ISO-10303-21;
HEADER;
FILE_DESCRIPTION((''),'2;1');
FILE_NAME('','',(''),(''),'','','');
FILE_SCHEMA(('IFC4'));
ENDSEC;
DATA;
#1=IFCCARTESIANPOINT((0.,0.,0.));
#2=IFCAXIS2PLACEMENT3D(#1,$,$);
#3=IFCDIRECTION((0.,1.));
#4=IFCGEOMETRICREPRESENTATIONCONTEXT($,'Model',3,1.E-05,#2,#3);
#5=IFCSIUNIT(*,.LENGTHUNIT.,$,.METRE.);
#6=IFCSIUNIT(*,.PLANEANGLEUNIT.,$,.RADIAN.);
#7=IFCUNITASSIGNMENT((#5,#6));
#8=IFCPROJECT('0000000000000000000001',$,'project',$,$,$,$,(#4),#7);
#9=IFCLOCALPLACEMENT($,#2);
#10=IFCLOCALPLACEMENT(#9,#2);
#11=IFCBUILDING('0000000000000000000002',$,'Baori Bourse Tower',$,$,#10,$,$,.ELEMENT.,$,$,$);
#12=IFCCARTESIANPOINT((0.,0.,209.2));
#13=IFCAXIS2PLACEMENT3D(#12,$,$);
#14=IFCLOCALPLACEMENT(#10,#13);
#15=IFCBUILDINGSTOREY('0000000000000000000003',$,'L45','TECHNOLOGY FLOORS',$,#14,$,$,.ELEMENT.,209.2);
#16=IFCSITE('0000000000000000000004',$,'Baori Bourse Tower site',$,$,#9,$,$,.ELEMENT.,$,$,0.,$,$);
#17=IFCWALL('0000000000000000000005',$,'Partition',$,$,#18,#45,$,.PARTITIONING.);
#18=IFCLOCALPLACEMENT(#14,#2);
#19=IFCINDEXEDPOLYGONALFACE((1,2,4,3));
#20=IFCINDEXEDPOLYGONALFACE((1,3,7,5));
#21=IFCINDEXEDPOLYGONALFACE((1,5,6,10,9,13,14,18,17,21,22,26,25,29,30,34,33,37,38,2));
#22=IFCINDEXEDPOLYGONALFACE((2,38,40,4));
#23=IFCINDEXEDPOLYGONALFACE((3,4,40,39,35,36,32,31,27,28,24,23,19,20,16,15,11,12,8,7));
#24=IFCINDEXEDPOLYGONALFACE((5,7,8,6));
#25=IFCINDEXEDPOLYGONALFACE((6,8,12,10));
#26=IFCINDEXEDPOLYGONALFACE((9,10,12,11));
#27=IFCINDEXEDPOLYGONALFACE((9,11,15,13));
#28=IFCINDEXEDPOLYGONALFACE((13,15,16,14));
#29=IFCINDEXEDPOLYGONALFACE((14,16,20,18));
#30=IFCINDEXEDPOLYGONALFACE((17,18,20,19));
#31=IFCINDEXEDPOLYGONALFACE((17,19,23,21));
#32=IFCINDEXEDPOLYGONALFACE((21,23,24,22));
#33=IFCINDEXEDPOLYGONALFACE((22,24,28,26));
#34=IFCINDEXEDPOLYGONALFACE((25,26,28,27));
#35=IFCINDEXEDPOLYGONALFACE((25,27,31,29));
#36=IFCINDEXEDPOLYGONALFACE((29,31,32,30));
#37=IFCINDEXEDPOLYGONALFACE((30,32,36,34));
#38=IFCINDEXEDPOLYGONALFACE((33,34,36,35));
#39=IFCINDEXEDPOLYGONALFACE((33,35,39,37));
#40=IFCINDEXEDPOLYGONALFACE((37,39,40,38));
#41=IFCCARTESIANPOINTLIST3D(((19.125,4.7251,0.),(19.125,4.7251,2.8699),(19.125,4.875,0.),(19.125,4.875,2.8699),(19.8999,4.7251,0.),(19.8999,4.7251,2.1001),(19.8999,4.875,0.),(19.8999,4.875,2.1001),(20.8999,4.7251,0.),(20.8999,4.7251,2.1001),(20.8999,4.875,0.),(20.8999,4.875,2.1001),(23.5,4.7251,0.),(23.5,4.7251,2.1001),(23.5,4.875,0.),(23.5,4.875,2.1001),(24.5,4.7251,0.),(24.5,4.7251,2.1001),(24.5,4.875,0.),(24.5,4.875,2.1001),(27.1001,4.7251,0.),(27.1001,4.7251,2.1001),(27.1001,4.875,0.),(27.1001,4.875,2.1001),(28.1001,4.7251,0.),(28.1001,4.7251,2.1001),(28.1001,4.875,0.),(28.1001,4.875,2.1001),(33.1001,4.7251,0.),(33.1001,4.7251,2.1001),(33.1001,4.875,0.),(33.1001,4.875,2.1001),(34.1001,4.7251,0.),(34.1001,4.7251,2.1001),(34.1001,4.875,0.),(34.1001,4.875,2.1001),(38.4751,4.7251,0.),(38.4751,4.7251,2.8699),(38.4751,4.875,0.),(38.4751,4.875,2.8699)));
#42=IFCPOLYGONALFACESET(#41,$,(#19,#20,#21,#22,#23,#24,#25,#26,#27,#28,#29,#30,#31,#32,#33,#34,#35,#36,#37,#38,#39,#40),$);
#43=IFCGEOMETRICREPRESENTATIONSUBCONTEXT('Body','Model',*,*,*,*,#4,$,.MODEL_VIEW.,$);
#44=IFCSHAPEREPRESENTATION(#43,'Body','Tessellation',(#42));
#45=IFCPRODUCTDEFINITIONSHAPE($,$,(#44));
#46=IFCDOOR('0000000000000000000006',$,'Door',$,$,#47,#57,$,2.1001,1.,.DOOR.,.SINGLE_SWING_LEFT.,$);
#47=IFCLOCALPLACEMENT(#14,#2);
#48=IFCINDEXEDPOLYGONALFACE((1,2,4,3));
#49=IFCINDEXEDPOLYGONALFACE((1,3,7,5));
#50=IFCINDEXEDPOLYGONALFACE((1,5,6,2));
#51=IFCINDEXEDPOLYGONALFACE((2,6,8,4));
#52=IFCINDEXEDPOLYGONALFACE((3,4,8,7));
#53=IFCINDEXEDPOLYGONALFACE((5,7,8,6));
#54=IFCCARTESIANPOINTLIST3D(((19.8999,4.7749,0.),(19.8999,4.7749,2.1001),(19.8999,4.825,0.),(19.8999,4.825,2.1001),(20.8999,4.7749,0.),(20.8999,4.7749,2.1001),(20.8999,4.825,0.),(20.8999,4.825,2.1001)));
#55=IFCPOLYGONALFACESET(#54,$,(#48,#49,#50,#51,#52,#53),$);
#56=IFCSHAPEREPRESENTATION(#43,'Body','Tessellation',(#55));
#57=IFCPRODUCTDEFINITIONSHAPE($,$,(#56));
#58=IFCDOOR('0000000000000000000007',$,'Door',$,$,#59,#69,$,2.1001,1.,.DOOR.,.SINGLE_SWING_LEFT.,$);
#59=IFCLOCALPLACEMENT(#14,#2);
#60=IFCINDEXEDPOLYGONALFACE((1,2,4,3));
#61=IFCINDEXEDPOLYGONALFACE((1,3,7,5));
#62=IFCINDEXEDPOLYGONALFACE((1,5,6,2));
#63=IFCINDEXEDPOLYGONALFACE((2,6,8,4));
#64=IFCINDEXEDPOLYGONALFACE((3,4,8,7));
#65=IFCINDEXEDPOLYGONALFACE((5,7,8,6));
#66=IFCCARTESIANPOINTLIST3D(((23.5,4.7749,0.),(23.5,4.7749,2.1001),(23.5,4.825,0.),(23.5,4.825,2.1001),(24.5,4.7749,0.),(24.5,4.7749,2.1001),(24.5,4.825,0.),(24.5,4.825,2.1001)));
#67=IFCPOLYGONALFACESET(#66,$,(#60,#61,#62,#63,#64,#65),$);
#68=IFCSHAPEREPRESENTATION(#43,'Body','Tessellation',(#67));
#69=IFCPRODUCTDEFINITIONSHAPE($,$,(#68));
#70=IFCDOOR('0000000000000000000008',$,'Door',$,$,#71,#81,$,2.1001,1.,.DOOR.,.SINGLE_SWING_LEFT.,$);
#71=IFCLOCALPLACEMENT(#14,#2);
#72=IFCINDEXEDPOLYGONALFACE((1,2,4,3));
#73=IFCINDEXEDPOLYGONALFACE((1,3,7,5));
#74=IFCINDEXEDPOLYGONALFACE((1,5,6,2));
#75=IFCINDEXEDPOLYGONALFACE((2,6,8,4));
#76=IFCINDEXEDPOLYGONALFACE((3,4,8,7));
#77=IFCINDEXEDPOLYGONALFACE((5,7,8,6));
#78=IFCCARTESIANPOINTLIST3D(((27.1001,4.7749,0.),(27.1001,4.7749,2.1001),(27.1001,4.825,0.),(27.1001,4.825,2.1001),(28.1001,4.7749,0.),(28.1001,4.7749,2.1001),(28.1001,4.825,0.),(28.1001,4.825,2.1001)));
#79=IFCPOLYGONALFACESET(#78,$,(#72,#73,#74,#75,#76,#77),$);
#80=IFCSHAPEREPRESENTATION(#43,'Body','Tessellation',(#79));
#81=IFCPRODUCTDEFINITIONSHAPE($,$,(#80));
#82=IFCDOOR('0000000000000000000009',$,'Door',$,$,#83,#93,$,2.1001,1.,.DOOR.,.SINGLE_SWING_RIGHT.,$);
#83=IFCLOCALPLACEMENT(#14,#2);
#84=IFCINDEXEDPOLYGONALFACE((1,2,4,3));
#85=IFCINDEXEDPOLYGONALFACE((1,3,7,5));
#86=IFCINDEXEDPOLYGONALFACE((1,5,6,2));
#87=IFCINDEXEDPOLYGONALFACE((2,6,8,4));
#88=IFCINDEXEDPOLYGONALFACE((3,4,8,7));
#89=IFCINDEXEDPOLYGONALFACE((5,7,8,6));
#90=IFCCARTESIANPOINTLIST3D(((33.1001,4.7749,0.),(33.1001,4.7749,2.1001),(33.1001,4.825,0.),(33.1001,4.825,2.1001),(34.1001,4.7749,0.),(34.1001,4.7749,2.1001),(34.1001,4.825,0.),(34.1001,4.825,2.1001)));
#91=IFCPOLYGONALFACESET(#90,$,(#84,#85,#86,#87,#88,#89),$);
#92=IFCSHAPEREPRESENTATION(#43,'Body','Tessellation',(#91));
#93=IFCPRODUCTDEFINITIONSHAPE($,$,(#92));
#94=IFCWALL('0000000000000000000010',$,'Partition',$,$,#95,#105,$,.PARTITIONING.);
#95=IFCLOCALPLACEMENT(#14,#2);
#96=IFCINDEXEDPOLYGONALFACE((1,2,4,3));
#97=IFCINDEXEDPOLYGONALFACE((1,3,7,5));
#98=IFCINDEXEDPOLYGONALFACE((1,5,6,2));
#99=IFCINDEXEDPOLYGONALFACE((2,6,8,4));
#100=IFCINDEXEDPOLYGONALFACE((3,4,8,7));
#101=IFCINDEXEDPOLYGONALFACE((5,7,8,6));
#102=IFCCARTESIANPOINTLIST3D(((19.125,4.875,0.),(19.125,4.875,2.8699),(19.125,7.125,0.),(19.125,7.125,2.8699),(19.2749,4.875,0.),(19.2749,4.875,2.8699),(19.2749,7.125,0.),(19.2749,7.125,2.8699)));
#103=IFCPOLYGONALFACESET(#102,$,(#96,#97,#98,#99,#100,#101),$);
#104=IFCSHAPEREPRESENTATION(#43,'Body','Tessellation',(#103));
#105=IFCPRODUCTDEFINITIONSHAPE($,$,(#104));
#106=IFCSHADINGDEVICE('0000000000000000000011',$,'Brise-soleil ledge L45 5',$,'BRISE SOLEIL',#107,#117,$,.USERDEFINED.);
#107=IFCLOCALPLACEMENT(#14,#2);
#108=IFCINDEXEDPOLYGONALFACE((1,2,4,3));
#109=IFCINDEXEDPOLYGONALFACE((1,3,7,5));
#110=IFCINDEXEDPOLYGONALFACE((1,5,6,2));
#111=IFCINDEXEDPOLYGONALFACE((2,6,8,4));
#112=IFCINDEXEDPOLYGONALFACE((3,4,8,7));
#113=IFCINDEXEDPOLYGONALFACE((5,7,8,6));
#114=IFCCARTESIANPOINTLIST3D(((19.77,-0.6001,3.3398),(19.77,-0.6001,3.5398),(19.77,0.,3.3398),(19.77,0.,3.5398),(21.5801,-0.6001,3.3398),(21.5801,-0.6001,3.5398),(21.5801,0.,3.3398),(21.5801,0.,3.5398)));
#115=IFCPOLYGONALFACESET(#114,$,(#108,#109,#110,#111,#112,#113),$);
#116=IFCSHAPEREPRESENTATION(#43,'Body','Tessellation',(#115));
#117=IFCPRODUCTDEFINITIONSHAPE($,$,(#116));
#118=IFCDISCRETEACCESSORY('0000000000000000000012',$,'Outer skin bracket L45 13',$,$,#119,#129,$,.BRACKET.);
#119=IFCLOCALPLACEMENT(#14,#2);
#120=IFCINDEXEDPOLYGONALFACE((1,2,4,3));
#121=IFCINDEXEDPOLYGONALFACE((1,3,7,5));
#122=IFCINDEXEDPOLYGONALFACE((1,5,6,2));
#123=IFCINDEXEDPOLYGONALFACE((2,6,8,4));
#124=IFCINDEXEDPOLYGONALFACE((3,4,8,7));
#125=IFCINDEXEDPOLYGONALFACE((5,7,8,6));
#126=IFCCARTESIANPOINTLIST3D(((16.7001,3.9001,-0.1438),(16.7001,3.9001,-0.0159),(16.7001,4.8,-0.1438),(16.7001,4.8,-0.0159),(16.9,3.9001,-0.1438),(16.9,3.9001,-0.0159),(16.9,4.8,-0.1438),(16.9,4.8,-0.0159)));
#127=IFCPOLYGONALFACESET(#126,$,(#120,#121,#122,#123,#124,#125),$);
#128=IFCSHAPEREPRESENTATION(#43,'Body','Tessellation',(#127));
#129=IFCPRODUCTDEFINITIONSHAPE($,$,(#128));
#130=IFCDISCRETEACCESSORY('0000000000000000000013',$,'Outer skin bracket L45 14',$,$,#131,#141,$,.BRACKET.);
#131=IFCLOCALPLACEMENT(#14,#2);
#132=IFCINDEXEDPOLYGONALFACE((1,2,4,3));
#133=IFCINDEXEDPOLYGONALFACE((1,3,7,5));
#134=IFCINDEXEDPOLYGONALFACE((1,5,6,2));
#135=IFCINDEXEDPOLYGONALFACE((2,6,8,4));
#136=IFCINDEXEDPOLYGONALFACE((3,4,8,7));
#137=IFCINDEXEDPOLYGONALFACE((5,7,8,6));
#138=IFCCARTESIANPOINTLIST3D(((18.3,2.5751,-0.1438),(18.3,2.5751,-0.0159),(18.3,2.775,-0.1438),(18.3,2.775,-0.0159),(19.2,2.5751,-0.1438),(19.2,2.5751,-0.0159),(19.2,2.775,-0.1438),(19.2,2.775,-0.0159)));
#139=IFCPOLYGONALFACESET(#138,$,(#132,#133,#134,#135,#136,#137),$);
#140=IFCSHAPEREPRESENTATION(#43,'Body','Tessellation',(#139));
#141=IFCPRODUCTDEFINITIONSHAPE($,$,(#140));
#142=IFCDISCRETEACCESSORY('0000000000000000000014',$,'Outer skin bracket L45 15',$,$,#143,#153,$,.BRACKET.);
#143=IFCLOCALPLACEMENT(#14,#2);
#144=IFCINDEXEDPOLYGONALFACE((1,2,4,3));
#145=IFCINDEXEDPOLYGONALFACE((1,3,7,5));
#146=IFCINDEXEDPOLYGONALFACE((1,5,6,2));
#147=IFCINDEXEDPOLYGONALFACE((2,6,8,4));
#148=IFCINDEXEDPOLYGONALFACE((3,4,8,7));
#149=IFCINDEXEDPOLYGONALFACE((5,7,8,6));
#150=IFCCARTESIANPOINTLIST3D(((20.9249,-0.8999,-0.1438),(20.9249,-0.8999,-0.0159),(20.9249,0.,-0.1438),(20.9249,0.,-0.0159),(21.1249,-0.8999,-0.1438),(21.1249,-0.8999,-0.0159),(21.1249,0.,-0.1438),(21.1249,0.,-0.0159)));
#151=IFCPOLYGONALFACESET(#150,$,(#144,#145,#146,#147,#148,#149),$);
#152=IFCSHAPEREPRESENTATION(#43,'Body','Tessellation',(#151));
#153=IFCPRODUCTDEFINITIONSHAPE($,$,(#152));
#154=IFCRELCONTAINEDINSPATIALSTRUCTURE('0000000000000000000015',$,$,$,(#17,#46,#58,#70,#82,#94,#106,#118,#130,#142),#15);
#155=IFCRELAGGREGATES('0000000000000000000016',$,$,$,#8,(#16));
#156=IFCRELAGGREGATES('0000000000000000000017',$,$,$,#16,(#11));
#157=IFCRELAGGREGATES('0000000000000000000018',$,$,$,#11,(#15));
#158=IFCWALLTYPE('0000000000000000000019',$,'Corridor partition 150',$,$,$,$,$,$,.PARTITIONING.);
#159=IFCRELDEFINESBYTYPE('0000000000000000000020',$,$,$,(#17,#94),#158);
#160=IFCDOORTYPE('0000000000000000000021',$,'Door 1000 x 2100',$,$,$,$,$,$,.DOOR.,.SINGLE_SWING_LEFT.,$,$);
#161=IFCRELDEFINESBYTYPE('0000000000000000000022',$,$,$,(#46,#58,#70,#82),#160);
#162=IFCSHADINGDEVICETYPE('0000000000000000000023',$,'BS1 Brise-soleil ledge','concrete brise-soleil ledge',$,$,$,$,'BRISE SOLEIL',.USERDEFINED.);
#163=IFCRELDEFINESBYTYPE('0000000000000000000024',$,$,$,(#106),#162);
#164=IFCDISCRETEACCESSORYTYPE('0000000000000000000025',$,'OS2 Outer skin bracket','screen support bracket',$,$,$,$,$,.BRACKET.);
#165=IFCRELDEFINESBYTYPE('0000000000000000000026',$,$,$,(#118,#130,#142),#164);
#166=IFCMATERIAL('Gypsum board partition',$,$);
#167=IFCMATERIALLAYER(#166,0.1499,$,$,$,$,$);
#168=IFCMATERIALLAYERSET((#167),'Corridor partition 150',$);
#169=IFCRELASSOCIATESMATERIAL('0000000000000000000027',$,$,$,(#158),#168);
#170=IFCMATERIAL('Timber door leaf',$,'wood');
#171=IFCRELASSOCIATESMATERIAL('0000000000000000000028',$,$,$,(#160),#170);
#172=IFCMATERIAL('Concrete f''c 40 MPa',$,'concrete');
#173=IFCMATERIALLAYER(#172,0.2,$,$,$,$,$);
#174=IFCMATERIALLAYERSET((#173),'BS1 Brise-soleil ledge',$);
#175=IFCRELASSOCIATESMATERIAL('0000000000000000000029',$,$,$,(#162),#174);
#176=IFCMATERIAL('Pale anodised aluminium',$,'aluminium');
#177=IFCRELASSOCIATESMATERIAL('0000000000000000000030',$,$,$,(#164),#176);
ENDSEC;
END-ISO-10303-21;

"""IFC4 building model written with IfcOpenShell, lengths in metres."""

from ifc_helpers import new_model, si_unit, direction, frame, frame_2d, origin, origin_2d, place, context, subcontext, project, spatial, rectangle, extrude, material, layer, layer_set, type_object, element, fill, save


model = new_model("IFC4")

# Units and contexts
model_context = context("Model", 3, precision=1e-05, world=origin(), true_north=direction((0.0, 1.0)))
body_context = subcontext(model_context, "Body", "Model", "MODEL_VIEW")
ifc_project = project(units=[si_unit("LENGTHUNIT", "METRE"), si_unit("PLANEANGLEUNIT", "RADIAN")], contexts=[model_context])

# Site, building, storey
site_placement = place(None, origin())
site = spatial("IfcSite", under=ifc_project, at=site_placement, Name="Baori Bourse Tower site", CompositionType="ELEMENT", RefElevation=0.0)
building_placement = place(site_placement, origin())
building = spatial("IfcBuilding", under=site, at=building_placement, Name="Baori Bourse Tower", CompositionType="ELEMENT")
storey_placement = place(building_placement, frame((0.0, 0.0, 209.2)))
storey = spatial("IfcBuildingStorey", under=building, at=storey_placement, Name="L45", Description="TECHNOLOGY FLOORS", CompositionType="ELEMENT", Elevation=209.2)

# Wall, openings, doors
ifc_material_1 = material(Name="Gypsum board partition")
ifc_layer_1 = layer(ifc_material_1, 0.1499)
ifc_layer_set_1 = layer_set([ifc_layer_1], Name="Corridor partition 150")
wall_type_1 = type_object("IfcWallType", Name="Corridor partition 150", PredefinedType="PARTITIONING", material=ifc_layer_set_1)
wall_1_placement = place(storey_placement, frame((19.125, 4.8, 0.0), z_axis=(0.0, 0.0, 1.0), x_axis=(1.0, 0.0, 0.0)))
wall_1 = element("IfcWall", 1, at=wall_1_placement, inside=storey, type_object=wall_type_1, Name="Partition", PredefinedType="PARTITIONING", context=body_context, shape_type="SweptSolid", body=[
    extrude(rectangle(XDim=19.3501, YDim=0.1499, at=frame_2d((9.675, 0.0))), origin(), (0.0, 0.0, 1.0), 2.8699),
])
opening_1_placement = place(wall_1_placement, frame((0.7749, 0.0, 0.0)))
opening_1 = element("IfcOpeningElement", 2, at=opening_1_placement, cuts=wall_1, PredefinedType="OPENING", context=body_context, shape_type="SweptSolid", body=[
    extrude(rectangle(XDim=1.0, YDim=2.1001, at=frame_2d((0.5, 1.05))), frame((0.0, 0.085, 0.0), z_axis=(0.0, -1.0, 0.0), x_axis=(1.0, 0.0, 0.0)), (0.0, 0.0, 1.0), 0.1699),
])
opening_2_placement = place(wall_1_placement, frame((4.375, 0.0, 0.0)))
opening_2 = element("IfcOpeningElement", 3, at=opening_2_placement, cuts=wall_1, PredefinedType="OPENING", context=body_context, shape_type="SweptSolid", body=[
    extrude(rectangle(XDim=1.0, YDim=2.1001, at=frame_2d((0.5, 1.05))), frame((0.0, 0.085, 0.0), z_axis=(0.0, -1.0, 0.0), x_axis=(1.0, 0.0, 0.0)), (0.0, 0.0, 1.0), 0.1699),
])
opening_3_placement = place(wall_1_placement, frame((7.9751, 0.0, 0.0)))
opening_3 = element("IfcOpeningElement", 4, at=opening_3_placement, cuts=wall_1, PredefinedType="OPENING", context=body_context, shape_type="SweptSolid", body=[
    extrude(rectangle(XDim=1.0, YDim=2.1001, at=frame_2d((0.5, 1.05))), frame((0.0, 0.085, 0.0), z_axis=(0.0, -1.0, 0.0), x_axis=(1.0, 0.0, 0.0)), (0.0, 0.0, 1.0), 0.1699),
])
opening_4_placement = place(wall_1_placement, frame((13.9751, 0.0, 0.0)))
opening_4 = element("IfcOpeningElement", 5, at=opening_4_placement, cuts=wall_1, PredefinedType="OPENING", context=body_context, shape_type="SweptSolid", body=[
    extrude(rectangle(XDim=1.0, YDim=2.1001, at=frame_2d((0.5, 1.05))), frame((0.0, 0.085, 0.0), z_axis=(0.0, -1.0, 0.0), x_axis=(1.0, 0.0, 0.0)), (0.0, 0.0, 1.0), 0.1699),
])
ifc_material_2 = material(Name="Timber door leaf", Category="wood")
door_type_1 = type_object("IfcDoorType", Name="Door 1000 x 2100", OperationType="SINGLE_SWING_LEFT", PredefinedType="DOOR", material=ifc_material_2)
door_1_placement = place(opening_1_placement, origin())
door_1 = element("IfcDoor", 6, at=door_1_placement, inside=storey, type_object=door_type_1, Name="Door", OperationType="SINGLE_SWING_LEFT", OverallHeight=2.1001, OverallWidth=1.0, PredefinedType="DOOR", context=body_context, shape_type="SweptSolid", body=[
    extrude(rectangle(XDim=1.0, YDim=2.1001, at=frame_2d((0.5, 1.05))), frame((0.0, 0.0249, 0.0), z_axis=(0.0, -1.0, 0.0), x_axis=(1.0, 0.0, 0.0)), (0.0, 0.0, 1.0), 0.05),
])
fill(opening_1, door_1)
door_2_placement = place(opening_2_placement, origin())
door_2 = element("IfcDoor", 7, at=door_2_placement, inside=storey, type_object=door_type_1, Name="Door", OperationType="SINGLE_SWING_LEFT", OverallHeight=2.1001, OverallWidth=1.0, PredefinedType="DOOR", context=body_context, shape_type="SweptSolid", body=[
    extrude(rectangle(XDim=1.0, YDim=2.1001, at=frame_2d((0.5, 1.05))), frame((0.0, 0.0249, 0.0), z_axis=(0.0, -1.0, 0.0), x_axis=(1.0, 0.0, 0.0)), (0.0, 0.0, 1.0), 0.05),
])
fill(opening_2, door_2)
door_3_placement = place(opening_3_placement, origin())
door_3 = element("IfcDoor", 8, at=door_3_placement, inside=storey, type_object=door_type_1, Name="Door", OperationType="SINGLE_SWING_LEFT", OverallHeight=2.1001, OverallWidth=1.0, PredefinedType="DOOR", context=body_context, shape_type="SweptSolid", body=[
    extrude(rectangle(XDim=1.0, YDim=2.1001, at=frame_2d((0.5, 1.05))), frame((0.0, 0.0249, 0.0), z_axis=(0.0, -1.0, 0.0), x_axis=(1.0, 0.0, 0.0)), (0.0, 0.0, 1.0), 0.05),
])
fill(opening_3, door_3)
door_4_placement = place(opening_4_placement, origin())
door_4 = element("IfcDoor", 9, at=door_4_placement, inside=storey, type_object=door_type_1, Name="Door", OperationType="SINGLE_SWING_RIGHT", OverallHeight=2.1001, OverallWidth=1.0, PredefinedType="DOOR", context=body_context, shape_type="SweptSolid", body=[
    extrude(rectangle(XDim=1.0, YDim=2.1001, at=frame_2d((0.5, 1.05))), frame((0.0, 0.0249, 0.0), z_axis=(0.0, -1.0, 0.0), x_axis=(1.0, 0.0, 0.0)), (0.0, 0.0, 1.0), 0.05),
])
fill(opening_4, door_4)

# Wall
wall_2_placement = place(storey_placement, frame((19.2, 4.875, 0.0), z_axis=(0.0, 0.0, 1.0), x_axis=(0.0, 1.0, 0.0)))
element("IfcWall", 10, at=wall_2_placement, inside=storey, type_object=wall_type_1, Name="Partition", PredefinedType="PARTITIONING", context=body_context, shape_type="SweptSolid", body=[
    extrude(rectangle(XDim=2.25, YDim=0.1499, at=frame_2d((1.125, 0.0))), origin(), (0.0, 0.0, 1.0), 2.8699),
])

# Shading device
ifc_material_3 = material(Name="Concrete f'c 40 MPa", Category="concrete")
ifc_layer_2 = layer(ifc_material_3, 0.2)
ifc_layer_set_2 = layer_set([ifc_layer_2], Name="BS1 Brise-soleil ledge")
shading_device_type = type_object("IfcShadingDeviceType", Name="BS1 Brise-soleil ledge", Description="concrete brise-soleil ledge", ElementType="BRISE SOLEIL", PredefinedType="USERDEFINED", material=ifc_layer_set_2)
shading_device_placement = place(storey_placement, frame((20.675, -0.3, 3.3398), z_axis=(0.0, 0.0, 1.0), x_axis=(1.0, 0.0, 0.0)))
element("IfcShadingDevice", 11, at=shading_device_placement, inside=storey, type_object=shading_device_type, Name="Brise-soleil ledge L45 5", ObjectType="BRISE SOLEIL", PredefinedType="USERDEFINED", context=body_context, shape_type="SweptSolid", body=[
    extrude(rectangle(XDim=1.8101, YDim=0.6001, at=origin_2d()), origin(), (0.0, 0.0, 1.0), 0.2),
])

# Discrete accessories
ifc_material_4 = material(Name="Pale anodised aluminium", Category="aluminium")
discrete_accessory_type = type_object("IfcDiscreteAccessoryType", Name="OS2 Outer skin bracket", Description="screen support bracket", PredefinedType="BRACKET", material=ifc_material_4)
for number, where, z_axis, x_axis, name in (
    (12, (16.8, 4.3501, -0.1438), (0.0, 0.0, 1.0), (1.0, 0.0, 0.0), "Outer skin bracket L45 13"),
    (13, (18.75, 2.675, -0.1438), (0.0, 0.0, 1.0), (0.0, -1.0, 0.0), "Outer skin bracket L45 14"),
    (14, (21.0249, -0.45, -0.1438), (0.0, 0.0, 1.0), (1.0, 0.0, 0.0), "Outer skin bracket L45 15"),
):
    element("IfcDiscreteAccessory", number, at=place(storey_placement, frame(where, z_axis=z_axis, x_axis=x_axis)), inside=storey, type_object=discrete_accessory_type, Name=name, PredefinedType="BRACKET", context=body_context, shape_type="SweptSolid", body=[
        extrude(rectangle(XDim=0.2, YDim=0.8999, at=origin_2d()), origin(), (0.0, 0.0, 1.0), 0.1279),
    ])

save(model, "model.ifc")
